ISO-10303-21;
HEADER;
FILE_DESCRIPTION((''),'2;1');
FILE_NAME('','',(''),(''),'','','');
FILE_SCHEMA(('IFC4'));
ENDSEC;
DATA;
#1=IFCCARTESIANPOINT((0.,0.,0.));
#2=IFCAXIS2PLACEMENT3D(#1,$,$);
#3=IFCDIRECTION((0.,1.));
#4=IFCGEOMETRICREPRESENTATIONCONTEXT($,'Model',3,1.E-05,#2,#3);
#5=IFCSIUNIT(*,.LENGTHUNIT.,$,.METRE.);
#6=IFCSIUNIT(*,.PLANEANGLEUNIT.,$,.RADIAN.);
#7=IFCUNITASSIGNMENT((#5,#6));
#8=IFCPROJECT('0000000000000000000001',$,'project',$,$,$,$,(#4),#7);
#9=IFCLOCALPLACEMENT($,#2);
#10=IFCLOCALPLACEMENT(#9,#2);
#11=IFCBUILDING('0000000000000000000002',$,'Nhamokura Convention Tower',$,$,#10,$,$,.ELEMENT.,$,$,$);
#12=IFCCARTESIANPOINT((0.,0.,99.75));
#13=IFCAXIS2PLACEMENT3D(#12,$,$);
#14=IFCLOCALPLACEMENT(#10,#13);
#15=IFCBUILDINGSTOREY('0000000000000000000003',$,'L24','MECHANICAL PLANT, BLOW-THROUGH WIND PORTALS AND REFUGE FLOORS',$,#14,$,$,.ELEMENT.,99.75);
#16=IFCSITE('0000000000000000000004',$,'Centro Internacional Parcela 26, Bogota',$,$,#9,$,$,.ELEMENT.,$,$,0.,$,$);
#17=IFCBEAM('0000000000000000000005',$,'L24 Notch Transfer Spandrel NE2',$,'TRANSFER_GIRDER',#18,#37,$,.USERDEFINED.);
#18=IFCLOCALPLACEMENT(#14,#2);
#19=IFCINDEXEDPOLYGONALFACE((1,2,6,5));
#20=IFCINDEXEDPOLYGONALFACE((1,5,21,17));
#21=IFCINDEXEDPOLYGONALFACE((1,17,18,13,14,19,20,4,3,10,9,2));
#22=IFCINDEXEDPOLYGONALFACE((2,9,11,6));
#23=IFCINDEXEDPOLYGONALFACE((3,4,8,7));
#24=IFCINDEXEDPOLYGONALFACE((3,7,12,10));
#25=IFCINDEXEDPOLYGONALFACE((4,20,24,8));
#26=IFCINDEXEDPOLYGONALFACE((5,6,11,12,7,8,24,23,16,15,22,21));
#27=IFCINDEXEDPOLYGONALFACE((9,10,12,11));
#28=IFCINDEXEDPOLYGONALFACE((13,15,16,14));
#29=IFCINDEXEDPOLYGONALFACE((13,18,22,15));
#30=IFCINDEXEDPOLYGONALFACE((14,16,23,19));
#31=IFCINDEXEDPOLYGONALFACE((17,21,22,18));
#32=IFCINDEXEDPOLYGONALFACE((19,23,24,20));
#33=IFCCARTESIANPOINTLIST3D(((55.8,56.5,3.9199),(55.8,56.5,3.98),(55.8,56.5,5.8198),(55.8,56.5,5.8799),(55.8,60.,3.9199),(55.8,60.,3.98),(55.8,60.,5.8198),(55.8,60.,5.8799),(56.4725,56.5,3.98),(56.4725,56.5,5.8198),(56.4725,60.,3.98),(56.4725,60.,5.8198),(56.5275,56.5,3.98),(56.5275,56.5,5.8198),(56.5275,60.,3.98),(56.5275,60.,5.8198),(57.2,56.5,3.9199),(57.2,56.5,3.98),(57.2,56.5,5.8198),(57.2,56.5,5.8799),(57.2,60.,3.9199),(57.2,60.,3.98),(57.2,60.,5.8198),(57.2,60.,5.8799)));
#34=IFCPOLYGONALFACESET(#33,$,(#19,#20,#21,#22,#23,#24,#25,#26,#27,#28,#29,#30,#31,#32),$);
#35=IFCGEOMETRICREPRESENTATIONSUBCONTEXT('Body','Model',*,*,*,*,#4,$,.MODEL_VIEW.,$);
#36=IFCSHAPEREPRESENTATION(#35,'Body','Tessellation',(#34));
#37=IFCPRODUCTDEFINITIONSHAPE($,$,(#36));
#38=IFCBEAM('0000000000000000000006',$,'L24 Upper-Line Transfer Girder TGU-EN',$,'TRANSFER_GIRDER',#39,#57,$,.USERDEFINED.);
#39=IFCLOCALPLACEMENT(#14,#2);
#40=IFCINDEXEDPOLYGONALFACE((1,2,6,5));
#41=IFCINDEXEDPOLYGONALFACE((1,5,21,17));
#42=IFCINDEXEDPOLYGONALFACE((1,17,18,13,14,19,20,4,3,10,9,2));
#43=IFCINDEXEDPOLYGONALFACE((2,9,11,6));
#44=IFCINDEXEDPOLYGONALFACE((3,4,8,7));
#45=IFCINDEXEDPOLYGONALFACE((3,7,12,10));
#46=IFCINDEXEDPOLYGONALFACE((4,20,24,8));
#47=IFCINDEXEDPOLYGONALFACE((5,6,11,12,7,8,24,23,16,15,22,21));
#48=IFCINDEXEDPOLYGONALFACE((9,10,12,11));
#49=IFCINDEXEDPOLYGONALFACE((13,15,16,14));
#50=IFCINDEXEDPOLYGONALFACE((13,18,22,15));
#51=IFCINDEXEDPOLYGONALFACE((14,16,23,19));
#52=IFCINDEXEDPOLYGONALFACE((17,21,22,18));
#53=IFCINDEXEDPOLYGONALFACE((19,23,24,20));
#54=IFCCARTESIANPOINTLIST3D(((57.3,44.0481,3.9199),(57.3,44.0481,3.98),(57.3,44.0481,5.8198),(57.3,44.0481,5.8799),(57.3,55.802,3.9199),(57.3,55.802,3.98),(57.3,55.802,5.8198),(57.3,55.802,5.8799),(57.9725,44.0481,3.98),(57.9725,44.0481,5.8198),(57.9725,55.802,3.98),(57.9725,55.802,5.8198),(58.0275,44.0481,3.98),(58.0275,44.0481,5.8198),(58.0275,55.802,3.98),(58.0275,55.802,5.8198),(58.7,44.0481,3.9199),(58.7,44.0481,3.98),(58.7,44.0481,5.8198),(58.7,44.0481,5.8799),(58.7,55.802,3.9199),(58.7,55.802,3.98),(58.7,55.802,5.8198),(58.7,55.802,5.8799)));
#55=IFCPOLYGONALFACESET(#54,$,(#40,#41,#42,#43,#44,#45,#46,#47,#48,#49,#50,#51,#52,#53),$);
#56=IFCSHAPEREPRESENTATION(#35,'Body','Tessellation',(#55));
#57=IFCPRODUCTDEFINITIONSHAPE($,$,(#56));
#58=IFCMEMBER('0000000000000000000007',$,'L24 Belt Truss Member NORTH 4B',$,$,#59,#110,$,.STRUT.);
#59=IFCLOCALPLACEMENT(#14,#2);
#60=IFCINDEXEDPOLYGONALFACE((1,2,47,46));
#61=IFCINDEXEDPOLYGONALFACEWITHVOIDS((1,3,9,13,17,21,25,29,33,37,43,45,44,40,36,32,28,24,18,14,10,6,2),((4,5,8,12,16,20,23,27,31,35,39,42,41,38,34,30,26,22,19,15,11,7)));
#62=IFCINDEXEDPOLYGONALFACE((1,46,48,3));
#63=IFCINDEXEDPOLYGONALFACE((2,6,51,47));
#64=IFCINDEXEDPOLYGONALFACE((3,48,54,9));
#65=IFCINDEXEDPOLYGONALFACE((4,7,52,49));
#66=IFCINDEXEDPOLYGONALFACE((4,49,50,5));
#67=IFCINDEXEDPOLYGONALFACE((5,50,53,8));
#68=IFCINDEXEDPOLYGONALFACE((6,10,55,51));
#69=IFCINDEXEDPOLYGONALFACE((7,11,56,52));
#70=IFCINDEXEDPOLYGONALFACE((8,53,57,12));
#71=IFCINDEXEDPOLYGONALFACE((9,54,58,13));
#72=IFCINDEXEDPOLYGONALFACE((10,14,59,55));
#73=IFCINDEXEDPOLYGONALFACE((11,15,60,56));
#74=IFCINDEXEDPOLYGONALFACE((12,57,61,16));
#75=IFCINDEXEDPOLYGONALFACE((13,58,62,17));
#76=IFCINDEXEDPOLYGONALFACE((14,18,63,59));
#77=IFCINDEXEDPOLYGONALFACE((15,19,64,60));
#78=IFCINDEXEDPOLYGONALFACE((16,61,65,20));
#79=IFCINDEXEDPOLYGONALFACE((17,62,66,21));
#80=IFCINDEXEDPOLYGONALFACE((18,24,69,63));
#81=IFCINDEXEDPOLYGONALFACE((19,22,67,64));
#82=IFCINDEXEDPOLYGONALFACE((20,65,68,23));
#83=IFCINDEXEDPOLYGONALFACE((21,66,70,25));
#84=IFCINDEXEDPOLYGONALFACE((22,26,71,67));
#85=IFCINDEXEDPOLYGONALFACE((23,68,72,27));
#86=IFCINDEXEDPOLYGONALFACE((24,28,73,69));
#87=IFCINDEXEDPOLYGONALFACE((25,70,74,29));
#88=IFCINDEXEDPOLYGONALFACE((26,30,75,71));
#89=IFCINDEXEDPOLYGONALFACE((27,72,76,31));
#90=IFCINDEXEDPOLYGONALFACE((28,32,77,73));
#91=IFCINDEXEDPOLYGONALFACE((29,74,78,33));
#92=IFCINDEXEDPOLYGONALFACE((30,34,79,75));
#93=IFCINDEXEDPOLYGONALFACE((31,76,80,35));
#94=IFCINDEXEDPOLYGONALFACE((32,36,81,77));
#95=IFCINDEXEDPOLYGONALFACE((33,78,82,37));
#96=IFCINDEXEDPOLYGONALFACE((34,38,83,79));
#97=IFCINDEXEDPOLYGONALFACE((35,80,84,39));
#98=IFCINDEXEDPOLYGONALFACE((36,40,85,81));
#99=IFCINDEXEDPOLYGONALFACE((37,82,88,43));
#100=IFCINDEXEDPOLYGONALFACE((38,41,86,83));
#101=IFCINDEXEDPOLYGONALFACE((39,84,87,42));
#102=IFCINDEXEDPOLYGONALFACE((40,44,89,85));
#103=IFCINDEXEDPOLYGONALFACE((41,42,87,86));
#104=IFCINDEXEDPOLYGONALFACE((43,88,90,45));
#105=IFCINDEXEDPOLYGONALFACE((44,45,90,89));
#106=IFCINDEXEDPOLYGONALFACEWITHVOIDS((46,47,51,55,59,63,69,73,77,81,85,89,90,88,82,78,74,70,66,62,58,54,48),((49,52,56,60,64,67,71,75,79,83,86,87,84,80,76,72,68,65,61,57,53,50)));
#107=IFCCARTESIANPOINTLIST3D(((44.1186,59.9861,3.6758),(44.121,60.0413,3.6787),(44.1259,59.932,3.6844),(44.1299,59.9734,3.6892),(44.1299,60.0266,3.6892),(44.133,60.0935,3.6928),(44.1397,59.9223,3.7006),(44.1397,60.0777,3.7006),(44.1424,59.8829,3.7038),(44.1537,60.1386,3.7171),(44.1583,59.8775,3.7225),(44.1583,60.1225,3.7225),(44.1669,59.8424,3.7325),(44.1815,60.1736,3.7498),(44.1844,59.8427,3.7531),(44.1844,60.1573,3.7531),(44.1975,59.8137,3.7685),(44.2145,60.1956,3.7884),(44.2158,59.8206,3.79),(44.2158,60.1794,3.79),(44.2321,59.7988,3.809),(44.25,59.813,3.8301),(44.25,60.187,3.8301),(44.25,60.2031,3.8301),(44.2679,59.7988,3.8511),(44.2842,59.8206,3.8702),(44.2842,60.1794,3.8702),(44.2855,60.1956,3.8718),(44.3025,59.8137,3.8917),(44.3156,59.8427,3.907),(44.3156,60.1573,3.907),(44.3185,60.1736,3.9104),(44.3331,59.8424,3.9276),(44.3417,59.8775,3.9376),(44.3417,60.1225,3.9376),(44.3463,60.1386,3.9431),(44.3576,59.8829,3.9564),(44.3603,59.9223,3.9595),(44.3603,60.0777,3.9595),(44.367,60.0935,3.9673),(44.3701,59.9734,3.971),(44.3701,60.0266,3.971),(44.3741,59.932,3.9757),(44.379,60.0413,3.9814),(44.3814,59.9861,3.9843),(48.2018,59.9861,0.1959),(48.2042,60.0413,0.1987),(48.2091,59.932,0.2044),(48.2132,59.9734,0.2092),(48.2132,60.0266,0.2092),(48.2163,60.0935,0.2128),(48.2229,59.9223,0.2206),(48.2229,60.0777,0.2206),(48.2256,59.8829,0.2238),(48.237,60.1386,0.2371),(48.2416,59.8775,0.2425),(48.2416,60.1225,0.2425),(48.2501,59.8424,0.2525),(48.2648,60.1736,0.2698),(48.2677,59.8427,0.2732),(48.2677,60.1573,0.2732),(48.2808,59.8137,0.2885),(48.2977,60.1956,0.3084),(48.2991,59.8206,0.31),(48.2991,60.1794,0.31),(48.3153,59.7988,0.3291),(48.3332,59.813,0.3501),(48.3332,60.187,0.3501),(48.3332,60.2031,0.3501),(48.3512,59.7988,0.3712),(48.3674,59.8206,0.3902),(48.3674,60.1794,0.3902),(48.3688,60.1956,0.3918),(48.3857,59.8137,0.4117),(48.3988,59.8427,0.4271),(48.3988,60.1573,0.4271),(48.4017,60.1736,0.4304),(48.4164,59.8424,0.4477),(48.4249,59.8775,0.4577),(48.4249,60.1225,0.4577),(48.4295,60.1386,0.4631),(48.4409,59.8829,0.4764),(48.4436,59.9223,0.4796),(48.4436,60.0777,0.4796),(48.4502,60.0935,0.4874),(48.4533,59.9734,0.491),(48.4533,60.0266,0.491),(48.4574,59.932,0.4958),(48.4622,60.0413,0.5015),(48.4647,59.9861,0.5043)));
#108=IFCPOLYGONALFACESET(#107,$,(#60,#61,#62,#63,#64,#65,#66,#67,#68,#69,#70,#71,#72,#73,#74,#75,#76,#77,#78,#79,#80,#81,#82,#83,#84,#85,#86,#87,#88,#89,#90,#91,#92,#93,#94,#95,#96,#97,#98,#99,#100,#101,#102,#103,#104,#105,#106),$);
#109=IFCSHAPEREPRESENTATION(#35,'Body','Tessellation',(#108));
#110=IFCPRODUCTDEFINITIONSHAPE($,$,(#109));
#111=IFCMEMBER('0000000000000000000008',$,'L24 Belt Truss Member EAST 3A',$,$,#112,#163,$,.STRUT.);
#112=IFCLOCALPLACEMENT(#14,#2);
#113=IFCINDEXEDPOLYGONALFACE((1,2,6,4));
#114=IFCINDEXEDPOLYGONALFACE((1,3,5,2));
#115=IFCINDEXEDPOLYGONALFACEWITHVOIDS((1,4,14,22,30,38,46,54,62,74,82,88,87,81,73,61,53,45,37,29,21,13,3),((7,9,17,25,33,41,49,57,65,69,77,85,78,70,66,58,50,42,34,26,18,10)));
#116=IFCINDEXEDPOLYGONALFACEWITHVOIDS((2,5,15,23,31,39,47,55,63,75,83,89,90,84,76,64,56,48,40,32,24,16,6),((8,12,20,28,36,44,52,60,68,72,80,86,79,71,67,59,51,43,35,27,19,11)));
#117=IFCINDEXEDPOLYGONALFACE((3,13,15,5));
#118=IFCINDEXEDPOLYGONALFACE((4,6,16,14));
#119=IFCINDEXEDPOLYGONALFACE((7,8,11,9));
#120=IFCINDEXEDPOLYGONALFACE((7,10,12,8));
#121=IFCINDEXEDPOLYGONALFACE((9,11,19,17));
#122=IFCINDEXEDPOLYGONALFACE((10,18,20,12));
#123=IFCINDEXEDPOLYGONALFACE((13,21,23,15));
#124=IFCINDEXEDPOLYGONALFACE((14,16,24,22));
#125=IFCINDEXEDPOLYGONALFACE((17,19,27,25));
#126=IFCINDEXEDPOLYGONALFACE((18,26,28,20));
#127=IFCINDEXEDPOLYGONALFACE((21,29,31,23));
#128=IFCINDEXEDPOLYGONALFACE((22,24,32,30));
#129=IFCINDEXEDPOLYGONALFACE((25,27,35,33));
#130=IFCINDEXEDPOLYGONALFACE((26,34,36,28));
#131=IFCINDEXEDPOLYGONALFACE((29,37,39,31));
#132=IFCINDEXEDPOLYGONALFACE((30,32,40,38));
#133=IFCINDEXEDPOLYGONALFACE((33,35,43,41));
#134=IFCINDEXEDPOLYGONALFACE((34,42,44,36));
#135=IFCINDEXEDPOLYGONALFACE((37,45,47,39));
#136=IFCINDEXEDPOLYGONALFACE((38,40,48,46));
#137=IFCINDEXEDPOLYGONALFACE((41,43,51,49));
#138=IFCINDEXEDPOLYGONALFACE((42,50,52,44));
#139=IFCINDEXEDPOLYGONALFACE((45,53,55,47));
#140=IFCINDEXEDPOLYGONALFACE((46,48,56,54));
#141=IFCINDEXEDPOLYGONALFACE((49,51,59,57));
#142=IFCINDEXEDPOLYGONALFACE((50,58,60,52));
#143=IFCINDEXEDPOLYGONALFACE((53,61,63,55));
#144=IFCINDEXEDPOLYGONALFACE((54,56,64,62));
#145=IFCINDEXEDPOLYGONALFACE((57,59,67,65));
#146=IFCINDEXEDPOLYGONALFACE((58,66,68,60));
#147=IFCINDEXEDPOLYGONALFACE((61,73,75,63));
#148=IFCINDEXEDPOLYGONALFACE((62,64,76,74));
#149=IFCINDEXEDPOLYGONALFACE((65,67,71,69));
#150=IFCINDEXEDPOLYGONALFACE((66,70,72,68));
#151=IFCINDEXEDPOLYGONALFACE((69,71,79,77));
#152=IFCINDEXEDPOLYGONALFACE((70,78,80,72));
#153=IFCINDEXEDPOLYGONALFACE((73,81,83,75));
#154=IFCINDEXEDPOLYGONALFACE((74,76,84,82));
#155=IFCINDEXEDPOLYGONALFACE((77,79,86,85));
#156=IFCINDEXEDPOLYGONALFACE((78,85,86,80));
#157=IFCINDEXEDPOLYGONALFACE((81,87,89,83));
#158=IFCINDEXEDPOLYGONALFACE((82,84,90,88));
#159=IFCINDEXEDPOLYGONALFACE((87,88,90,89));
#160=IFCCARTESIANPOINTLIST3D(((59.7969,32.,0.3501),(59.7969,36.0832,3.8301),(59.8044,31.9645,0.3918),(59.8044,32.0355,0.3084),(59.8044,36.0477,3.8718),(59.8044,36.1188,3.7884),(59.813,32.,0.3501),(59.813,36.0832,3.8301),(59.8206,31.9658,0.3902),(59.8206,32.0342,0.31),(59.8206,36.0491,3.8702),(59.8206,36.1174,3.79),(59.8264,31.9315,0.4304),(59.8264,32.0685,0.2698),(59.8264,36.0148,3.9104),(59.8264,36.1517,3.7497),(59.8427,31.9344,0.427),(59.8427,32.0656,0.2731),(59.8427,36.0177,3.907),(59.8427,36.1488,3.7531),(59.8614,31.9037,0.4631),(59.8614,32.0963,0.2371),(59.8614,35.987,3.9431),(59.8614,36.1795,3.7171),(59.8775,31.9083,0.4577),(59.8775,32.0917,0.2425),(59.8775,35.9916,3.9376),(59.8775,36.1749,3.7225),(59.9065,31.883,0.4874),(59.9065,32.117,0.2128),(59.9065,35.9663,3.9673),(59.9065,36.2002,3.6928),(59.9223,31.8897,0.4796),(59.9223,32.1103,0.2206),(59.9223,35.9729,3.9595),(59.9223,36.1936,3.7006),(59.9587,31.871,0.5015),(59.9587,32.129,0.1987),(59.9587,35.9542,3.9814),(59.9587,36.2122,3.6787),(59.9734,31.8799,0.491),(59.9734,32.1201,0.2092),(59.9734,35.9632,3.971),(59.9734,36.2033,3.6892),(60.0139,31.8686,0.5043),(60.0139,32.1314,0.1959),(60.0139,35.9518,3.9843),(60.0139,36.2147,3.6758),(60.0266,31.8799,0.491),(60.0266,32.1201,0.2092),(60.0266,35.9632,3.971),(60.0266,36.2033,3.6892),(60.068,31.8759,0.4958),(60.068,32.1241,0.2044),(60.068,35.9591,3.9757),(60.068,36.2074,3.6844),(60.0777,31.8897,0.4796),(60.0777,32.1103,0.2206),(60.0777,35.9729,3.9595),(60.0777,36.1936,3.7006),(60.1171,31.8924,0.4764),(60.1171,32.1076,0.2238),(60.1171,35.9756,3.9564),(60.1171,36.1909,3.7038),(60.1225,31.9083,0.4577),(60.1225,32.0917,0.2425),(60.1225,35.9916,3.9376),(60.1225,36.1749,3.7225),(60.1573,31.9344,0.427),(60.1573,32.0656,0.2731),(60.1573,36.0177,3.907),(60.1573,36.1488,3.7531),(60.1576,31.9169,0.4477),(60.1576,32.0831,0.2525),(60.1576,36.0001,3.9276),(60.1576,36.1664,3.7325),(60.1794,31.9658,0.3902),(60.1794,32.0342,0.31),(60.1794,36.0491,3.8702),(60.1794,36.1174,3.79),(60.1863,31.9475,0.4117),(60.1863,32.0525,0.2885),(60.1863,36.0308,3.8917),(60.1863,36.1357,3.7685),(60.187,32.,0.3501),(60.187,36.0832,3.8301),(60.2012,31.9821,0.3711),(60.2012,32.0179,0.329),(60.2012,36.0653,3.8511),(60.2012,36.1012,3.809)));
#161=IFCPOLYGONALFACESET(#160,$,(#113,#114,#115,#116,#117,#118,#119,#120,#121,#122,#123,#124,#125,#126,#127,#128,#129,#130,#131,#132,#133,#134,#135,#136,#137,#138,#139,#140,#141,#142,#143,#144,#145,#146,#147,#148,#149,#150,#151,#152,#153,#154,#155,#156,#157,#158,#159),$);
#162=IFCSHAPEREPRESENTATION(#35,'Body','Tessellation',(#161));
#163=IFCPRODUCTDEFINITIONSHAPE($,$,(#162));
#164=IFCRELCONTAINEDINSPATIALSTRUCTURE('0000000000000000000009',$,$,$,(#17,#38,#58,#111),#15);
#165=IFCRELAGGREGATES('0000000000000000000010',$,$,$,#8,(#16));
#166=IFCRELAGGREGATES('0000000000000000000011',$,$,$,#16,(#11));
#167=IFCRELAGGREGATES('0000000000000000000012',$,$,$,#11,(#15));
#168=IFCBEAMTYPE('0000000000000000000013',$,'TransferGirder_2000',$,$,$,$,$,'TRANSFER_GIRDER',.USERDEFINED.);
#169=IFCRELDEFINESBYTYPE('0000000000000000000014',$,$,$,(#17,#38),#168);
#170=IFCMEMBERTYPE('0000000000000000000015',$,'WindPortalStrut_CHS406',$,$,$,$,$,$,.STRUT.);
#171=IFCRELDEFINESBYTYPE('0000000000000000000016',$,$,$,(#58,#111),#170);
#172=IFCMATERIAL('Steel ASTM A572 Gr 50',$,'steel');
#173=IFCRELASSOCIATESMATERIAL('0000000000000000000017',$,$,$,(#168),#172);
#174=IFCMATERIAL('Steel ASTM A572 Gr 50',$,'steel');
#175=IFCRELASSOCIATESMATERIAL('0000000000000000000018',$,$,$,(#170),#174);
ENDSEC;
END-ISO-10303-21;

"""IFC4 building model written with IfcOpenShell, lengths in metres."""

from ifc_helpers import new_model, si_unit, direction, frame, origin, origin_2d, place, context, subcontext, project, spatial, hollow_circle, i_section, extrude, material, material_profile, profile_set, type_object, element, save


model = new_model("IFC4")

# Units and contexts
model_context = context("Model", 3, precision=1e-05, world=origin(), true_north=direction((0.0, 1.0)))
body_context = subcontext(model_context, "Body", "Model", "MODEL_VIEW")
ifc_project = project(units=[si_unit("LENGTHUNIT", "METRE"), si_unit("PLANEANGLEUNIT", "RADIAN")], contexts=[model_context])

# Site, building, storey
site_placement = place(None, origin())
site = spatial("IfcSite", under=ifc_project, at=site_placement, Name="Centro Internacional Parcela 26, Bogota", CompositionType="ELEMENT", RefElevation=0.0)
building_placement = place(site_placement, origin())
building = spatial("IfcBuilding", under=site, at=building_placement, Name="Nhamokura Convention Tower", CompositionType="ELEMENT")
storey_placement = place(building_placement, frame((0.0, 0.0, 99.75)))
storey = spatial("IfcBuildingStorey", under=building, at=storey_placement, Name="L24", Description="MECHANICAL PLANT, BLOW-THROUGH WIND PORTALS AND REFUGE FLOORS", CompositionType="ELEMENT", Elevation=99.75)

# Beams
ifc_material_1 = material(Name="Steel ASTM A572 Gr 50", Category="steel")
ifc_material_profile_1 = material_profile(ifc_material_1, i_section(OverallWidth=1.3999, OverallDepth=1.96, WebThickness=0.0549, FlangeThickness=0.0601, at=origin_2d()))
ifc_profile_set_1 = profile_set([ifc_material_profile_1], Name="Steel ASTM A572 Gr 50")
beam_type_1 = type_object("IfcBeamType", Name="TransferGirder_2000", ElementType="TRANSFER_GIRDER", PredefinedType="USERDEFINED", material=ifc_profile_set_1)
for number, where, z_axis, x_axis, name in (
    (1, (56.5, 56.5, 4.8999), (0.0, 1.0, 0.0), (-1.0, 0.0, 0.0), "L24 Notch Transfer Spandrel NE2"),
):
    element("IfcBeam", number, at=place(storey_placement, frame(where, z_axis=z_axis, x_axis=x_axis)), inside=storey, type_object=beam_type_1, Name=name, ObjectType="TRANSFER_GIRDER", PredefinedType="USERDEFINED", context=body_context, shape_type="SweptSolid", body=[
        extrude(i_section(OverallWidth=1.3999, OverallDepth=1.96, WebThickness=0.0549, FlangeThickness=0.0601, at=origin_2d()), origin(), (0.0, 0.0, 1.0), 3.5),
    ])
beam_1_placement = place(storey_placement, frame((58.0, 44.0481, 4.8999), z_axis=(0.0, 1.0, 0.0), x_axis=(-1.0, 0.0, 0.0)))
element("IfcBeam", 2, at=beam_1_placement, inside=storey, type_object=beam_type_1, Name="L24 Upper-Line Transfer Girder TGU-EN", ObjectType="TRANSFER_GIRDER", PredefinedType="USERDEFINED", context=body_context, shape_type="SweptSolid", body=[
    extrude(i_section(OverallWidth=1.3999, OverallDepth=1.96, WebThickness=0.0549, FlangeThickness=0.0601, at=origin_2d()), origin(), (0.0, 0.0, 1.0), 11.7539),
])

# Members
ifc_material_2 = material(Name="Steel ASTM A572 Gr 50", Category="steel")
ifc_material_profile_2 = material_profile(ifc_material_2, hollow_circle(Radius=0.2031, WallThickness=0.0161, at=origin_2d()))
ifc_profile_set_2 = profile_set([ifc_material_profile_2], Name="Steel ASTM A572 Gr 50")
member_type_1 = type_object("IfcMemberType", Name="WindPortalStrut_CHS406", PredefinedType="STRUT", material=ifc_profile_set_2)
for number, where, z_axis, x_axis, name in (
    (3, (44.25, 60.0, 3.8301), (0.761091, 0.0, -0.648645), (0.0, 1.0, 0.0), "L24 Belt Truss Member NORTH 4B"),
    (4, (60.0, 32.0, 0.3501), (0.0, 0.761091, 0.648645), (-1.0, 0.0, 0.0), "L24 Belt Truss Member EAST 3A"),
):
    element("IfcMember", number, at=place(storey_placement, frame(where, z_axis=z_axis, x_axis=x_axis)), inside=storey, type_object=member_type_1, Name=name, PredefinedType="STRUT", context=body_context, shape_type="SweptSolid", body=[
        extrude(hollow_circle(Radius=0.2031, WallThickness=0.0161, at=origin_2d()), origin(), (0.0, 0.0, 1.0), 5.365),
    ])

save(model, "model.ifc")
